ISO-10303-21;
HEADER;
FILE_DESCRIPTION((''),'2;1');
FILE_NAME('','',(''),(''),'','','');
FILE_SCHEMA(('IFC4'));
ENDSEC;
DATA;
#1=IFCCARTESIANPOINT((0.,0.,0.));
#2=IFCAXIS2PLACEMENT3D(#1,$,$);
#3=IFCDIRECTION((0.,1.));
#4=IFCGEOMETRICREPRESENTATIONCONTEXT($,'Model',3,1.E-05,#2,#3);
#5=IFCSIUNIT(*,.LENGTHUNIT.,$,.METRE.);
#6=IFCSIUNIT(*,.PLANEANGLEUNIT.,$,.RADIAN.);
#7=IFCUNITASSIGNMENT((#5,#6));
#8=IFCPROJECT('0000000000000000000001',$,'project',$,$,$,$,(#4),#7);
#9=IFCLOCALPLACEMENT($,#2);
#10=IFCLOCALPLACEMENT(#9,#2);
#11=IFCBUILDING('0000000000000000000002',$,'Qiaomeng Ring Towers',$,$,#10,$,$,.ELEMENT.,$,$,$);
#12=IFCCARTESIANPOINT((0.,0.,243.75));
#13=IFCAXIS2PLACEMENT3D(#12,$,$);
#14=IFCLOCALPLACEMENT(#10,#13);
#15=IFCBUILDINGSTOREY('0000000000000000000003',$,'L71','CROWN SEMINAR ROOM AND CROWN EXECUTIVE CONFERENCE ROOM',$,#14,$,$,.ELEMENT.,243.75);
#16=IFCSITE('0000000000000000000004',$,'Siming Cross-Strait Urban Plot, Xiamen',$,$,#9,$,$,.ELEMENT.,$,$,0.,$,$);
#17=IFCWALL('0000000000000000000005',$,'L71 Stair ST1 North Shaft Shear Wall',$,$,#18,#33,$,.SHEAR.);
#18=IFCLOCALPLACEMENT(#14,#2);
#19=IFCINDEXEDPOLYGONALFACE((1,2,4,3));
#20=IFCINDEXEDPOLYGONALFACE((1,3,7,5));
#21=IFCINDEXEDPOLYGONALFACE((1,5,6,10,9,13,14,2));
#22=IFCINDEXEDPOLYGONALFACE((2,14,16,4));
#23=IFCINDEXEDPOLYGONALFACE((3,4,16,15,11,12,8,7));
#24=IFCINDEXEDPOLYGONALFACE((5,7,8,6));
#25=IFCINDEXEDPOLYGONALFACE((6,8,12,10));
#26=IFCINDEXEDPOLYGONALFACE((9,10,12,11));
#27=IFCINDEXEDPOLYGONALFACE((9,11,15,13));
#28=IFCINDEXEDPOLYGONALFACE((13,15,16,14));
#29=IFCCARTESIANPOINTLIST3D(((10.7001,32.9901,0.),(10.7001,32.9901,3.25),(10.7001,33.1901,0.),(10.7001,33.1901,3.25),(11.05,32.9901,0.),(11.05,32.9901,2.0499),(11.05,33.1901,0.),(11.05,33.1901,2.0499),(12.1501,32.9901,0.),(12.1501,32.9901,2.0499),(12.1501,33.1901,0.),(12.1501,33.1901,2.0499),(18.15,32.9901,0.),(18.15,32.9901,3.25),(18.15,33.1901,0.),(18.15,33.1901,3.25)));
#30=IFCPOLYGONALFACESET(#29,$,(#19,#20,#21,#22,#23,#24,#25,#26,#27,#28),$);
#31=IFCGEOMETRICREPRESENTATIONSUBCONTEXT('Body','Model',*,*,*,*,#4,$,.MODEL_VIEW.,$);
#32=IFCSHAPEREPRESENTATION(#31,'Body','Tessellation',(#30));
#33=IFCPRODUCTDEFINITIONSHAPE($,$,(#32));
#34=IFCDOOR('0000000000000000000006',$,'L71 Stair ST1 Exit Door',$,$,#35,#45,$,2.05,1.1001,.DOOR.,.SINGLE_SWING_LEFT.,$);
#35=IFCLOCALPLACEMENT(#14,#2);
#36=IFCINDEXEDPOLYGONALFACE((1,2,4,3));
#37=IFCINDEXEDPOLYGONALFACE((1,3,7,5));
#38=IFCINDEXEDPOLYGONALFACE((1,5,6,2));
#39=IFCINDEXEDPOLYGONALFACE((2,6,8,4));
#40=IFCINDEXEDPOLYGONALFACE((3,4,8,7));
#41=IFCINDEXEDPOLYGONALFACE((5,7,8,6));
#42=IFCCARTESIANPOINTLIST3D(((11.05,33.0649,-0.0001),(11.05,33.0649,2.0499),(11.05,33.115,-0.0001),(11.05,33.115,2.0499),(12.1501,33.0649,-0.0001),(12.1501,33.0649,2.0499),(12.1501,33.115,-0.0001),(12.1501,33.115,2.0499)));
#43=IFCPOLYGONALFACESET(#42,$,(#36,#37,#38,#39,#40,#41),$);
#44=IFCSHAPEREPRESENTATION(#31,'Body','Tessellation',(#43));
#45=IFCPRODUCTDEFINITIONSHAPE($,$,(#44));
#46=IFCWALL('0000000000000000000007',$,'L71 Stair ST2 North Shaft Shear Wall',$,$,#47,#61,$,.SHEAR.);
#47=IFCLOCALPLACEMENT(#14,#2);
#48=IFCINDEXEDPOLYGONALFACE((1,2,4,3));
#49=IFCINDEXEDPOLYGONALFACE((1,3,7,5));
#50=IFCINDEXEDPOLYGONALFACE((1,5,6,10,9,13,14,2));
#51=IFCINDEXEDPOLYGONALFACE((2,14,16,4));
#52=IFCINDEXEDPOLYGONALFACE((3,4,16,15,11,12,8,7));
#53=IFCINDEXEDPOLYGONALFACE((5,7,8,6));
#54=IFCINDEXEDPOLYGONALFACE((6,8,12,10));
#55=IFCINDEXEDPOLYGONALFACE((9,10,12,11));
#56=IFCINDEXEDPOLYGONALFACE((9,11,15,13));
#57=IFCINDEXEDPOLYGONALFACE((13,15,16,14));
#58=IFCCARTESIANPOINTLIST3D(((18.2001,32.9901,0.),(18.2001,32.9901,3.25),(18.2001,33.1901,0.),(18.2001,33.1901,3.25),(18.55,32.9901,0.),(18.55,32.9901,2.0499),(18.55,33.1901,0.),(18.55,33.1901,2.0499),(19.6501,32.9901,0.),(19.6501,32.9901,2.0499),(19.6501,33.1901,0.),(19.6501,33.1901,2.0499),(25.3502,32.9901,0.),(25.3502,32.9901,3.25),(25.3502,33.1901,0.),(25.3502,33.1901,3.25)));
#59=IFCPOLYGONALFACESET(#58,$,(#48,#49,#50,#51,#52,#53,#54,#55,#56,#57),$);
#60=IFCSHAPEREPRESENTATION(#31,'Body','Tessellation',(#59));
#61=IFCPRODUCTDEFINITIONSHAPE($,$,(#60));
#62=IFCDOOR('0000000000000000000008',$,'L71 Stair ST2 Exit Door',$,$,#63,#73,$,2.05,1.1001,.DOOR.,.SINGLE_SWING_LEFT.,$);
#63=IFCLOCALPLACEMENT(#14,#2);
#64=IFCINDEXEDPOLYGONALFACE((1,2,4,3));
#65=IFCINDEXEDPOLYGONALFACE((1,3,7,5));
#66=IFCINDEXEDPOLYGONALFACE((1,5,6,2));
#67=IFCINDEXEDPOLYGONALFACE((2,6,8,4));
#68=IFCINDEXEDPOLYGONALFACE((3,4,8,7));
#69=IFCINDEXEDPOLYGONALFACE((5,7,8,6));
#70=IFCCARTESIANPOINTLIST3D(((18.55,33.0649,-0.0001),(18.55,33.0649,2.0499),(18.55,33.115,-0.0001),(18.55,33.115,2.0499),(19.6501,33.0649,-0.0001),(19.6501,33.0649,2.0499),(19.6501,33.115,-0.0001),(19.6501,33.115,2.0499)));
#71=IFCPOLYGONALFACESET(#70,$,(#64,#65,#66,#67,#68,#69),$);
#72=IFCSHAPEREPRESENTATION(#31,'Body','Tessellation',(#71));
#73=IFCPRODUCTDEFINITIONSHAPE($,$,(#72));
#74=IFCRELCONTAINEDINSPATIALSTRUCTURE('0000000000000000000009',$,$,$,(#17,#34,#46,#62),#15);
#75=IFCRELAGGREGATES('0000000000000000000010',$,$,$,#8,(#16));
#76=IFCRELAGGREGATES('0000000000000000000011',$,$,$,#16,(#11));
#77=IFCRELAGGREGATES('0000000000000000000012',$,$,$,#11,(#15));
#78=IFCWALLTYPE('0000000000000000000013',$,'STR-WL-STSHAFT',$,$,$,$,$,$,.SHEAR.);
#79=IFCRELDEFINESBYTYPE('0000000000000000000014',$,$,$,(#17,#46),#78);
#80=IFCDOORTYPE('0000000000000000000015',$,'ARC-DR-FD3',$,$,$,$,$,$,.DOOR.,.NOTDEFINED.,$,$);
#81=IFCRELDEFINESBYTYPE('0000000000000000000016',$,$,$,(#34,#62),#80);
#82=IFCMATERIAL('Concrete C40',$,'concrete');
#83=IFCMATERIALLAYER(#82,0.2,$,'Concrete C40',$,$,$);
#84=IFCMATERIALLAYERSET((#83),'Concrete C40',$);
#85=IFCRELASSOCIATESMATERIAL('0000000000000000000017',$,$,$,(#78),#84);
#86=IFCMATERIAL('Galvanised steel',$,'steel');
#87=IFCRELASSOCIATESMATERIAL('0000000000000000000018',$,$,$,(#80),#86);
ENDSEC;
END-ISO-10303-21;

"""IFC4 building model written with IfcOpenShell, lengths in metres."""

from ifc_helpers import new_model, si_unit, direction, frame, frame_2d, origin, place, context, subcontext, project, spatial, rectangle, extrude, source, transform, mapped, material, layer, layer_set, type_object, element, fill, save


model = new_model("IFC4")

# Units and contexts
model_context = context("Model", 3, precision=1e-05, world=origin(), true_north=direction((0.0, 1.0)))
body_context = subcontext(model_context, "Body", "Model", "MODEL_VIEW")
ifc_project = project(units=[si_unit("LENGTHUNIT", "METRE"), si_unit("PLANEANGLEUNIT", "RADIAN")], contexts=[model_context])

# Site, building, storey
site_placement = place(None, origin())
site = spatial("IfcSite", under=ifc_project, at=site_placement, Name="Siming Cross-Strait Urban Plot, Xiamen", CompositionType="ELEMENT", RefElevation=0.0)
building_placement = place(site_placement, origin())
building = spatial("IfcBuilding", under=site, at=building_placement, Name="Qiaomeng Ring Towers", CompositionType="ELEMENT")
storey_placement = place(building_placement, frame((0.0, 0.0, 243.75)))
storey = spatial("IfcBuildingStorey", under=building, at=storey_placement, Name="L71", Description="CROWN SEMINAR ROOM AND CROWN EXECUTIVE CONFERENCE ROOM", CompositionType="ELEMENT", Elevation=243.75)

# Shared definitions
ifc_material_1 = material(Name="Concrete C40", Category="concrete")

# Shared definitions
ifc_layer_1 = layer(ifc_material_1, 0.2, Name="Concrete C40")
ifc_layer_set_1 = layer_set([ifc_layer_1], Name="Concrete C40")
wall_type_1 = type_object("IfcWallType", Name="STR-WL-STSHAFT", PredefinedType="SHEAR", material=ifc_layer_set_1)

# Walls, openings, doors
wall_1_placement = place(storey_placement, frame((10.7, 33.0901, 0.0), z_axis=(0.0, 0.0, 1.0), x_axis=(1.0, 0.0, 0.0)))
wall_1 = element("IfcWall", 1, at=wall_1_placement, inside=storey, type_object=wall_type_1, Name="L71 Stair ST1 North Shaft Shear Wall", PredefinedType="SHEAR", context=body_context, shape_type="SweptSolid", body=[
    extrude(rectangle(XDim=7.45, YDim=0.2, at=frame_2d((3.7251, 0.0))), origin(), (0.0, 0.0, 1.0), 3.25),
])
opening_1_placement = place(wall_1_placement, frame((0.3501, 0.0, 0.0)))
opening_1 = element("IfcOpeningElement", 2, at=opening_1_placement, cuts=wall_1, PredefinedType="OPENING", context=body_context, shape_type="SweptSolid", body=[
    extrude(rectangle(XDim=1.1001, YDim=2.05, at=frame_2d((0.55, 1.0249))), frame((0.0, 0.1099, 0.0), z_axis=(0.0, -1.0, 0.0), x_axis=(1.0, 0.0, 0.0)), (0.0, 0.0, 1.0), 0.22),
])
ifc_material_2 = material(Name="Galvanised steel", Category="steel")
door_type_1 = type_object("IfcDoorType", Name="ARC-DR-FD3", OperationType="NOTDEFINED", PredefinedType="DOOR", material=ifc_material_2)
shared_shape_1 = source(origin(), body_context, "Body", "SweptSolid", [
    extrude(rectangle(XDim=1.1001, YDim=2.05, at=frame_2d((0.55, 1.0249))), frame((0.0, 0.0249, 0.0), z_axis=(0.0, -1.0, 0.0), x_axis=(1.0, 0.0, 0.0)), (0.0, 0.0, 1.0), 0.05),
])
door_1_placement = place(opening_1_placement, origin())
door_1 = element("IfcDoor", 3, at=door_1_placement, inside=storey, type_object=door_type_1, Name="L71 Stair ST1 Exit Door", OperationType="SINGLE_SWING_LEFT", OverallHeight=2.05, OverallWidth=1.1001, PredefinedType="DOOR", context=body_context, shape_type="MappedRepresentation", body=[
    mapped(shared_shape_1, transform((0.0, 0.0, 0.0), x_axis=(1.0, 0.0, 0.0), y_axis=(0.0, 1.0, 0.0), z_axis=(0.0, 0.0, 1.0), scale=1.0)),
])
fill(opening_1, door_1)
wall_2_placement = place(storey_placement, frame((18.2, 33.0901, 0.0), z_axis=(0.0, 0.0, 1.0), x_axis=(1.0, 0.0, 0.0)))
wall_2 = element("IfcWall", 4, at=wall_2_placement, inside=storey, type_object=wall_type_1, Name="L71 Stair ST2 North Shaft Shear Wall", PredefinedType="SHEAR", context=body_context, shape_type="SweptSolid", body=[
    extrude(rectangle(XDim=7.1501, YDim=0.2, at=frame_2d((3.5752, 0.0))), origin(), (0.0, 0.0, 1.0), 3.25),
])
opening_2_placement = place(wall_2_placement, frame((0.3501, 0.0, 0.0)))
opening_2 = element("IfcOpeningElement", 5, at=opening_2_placement, cuts=wall_2, PredefinedType="OPENING", context=body_context, shape_type="SweptSolid", body=[
    extrude(rectangle(XDim=1.1001, YDim=2.05, at=frame_2d((0.55, 1.0249))), frame((0.0, 0.1099, 0.0), z_axis=(0.0, -1.0, 0.0), x_axis=(1.0, 0.0, 0.0)), (0.0, 0.0, 1.0), 0.22),
])
door_2_placement = place(opening_2_placement, origin())
door_2 = element("IfcDoor", 6, at=door_2_placement, inside=storey, type_object=door_type_1, Name="L71 Stair ST2 Exit Door", OperationType="SINGLE_SWING_LEFT", OverallHeight=2.05, OverallWidth=1.1001, PredefinedType="DOOR", context=body_context, shape_type="MappedRepresentation", body=[
    mapped(shared_shape_1, transform((0.0, 0.0, 0.0), x_axis=(1.0, 0.0, 0.0), y_axis=(0.0, 1.0, 0.0), z_axis=(0.0, 0.0, 1.0), scale=1.0)),
])
fill(opening_2, door_2)

save(model, "model.ifc")
